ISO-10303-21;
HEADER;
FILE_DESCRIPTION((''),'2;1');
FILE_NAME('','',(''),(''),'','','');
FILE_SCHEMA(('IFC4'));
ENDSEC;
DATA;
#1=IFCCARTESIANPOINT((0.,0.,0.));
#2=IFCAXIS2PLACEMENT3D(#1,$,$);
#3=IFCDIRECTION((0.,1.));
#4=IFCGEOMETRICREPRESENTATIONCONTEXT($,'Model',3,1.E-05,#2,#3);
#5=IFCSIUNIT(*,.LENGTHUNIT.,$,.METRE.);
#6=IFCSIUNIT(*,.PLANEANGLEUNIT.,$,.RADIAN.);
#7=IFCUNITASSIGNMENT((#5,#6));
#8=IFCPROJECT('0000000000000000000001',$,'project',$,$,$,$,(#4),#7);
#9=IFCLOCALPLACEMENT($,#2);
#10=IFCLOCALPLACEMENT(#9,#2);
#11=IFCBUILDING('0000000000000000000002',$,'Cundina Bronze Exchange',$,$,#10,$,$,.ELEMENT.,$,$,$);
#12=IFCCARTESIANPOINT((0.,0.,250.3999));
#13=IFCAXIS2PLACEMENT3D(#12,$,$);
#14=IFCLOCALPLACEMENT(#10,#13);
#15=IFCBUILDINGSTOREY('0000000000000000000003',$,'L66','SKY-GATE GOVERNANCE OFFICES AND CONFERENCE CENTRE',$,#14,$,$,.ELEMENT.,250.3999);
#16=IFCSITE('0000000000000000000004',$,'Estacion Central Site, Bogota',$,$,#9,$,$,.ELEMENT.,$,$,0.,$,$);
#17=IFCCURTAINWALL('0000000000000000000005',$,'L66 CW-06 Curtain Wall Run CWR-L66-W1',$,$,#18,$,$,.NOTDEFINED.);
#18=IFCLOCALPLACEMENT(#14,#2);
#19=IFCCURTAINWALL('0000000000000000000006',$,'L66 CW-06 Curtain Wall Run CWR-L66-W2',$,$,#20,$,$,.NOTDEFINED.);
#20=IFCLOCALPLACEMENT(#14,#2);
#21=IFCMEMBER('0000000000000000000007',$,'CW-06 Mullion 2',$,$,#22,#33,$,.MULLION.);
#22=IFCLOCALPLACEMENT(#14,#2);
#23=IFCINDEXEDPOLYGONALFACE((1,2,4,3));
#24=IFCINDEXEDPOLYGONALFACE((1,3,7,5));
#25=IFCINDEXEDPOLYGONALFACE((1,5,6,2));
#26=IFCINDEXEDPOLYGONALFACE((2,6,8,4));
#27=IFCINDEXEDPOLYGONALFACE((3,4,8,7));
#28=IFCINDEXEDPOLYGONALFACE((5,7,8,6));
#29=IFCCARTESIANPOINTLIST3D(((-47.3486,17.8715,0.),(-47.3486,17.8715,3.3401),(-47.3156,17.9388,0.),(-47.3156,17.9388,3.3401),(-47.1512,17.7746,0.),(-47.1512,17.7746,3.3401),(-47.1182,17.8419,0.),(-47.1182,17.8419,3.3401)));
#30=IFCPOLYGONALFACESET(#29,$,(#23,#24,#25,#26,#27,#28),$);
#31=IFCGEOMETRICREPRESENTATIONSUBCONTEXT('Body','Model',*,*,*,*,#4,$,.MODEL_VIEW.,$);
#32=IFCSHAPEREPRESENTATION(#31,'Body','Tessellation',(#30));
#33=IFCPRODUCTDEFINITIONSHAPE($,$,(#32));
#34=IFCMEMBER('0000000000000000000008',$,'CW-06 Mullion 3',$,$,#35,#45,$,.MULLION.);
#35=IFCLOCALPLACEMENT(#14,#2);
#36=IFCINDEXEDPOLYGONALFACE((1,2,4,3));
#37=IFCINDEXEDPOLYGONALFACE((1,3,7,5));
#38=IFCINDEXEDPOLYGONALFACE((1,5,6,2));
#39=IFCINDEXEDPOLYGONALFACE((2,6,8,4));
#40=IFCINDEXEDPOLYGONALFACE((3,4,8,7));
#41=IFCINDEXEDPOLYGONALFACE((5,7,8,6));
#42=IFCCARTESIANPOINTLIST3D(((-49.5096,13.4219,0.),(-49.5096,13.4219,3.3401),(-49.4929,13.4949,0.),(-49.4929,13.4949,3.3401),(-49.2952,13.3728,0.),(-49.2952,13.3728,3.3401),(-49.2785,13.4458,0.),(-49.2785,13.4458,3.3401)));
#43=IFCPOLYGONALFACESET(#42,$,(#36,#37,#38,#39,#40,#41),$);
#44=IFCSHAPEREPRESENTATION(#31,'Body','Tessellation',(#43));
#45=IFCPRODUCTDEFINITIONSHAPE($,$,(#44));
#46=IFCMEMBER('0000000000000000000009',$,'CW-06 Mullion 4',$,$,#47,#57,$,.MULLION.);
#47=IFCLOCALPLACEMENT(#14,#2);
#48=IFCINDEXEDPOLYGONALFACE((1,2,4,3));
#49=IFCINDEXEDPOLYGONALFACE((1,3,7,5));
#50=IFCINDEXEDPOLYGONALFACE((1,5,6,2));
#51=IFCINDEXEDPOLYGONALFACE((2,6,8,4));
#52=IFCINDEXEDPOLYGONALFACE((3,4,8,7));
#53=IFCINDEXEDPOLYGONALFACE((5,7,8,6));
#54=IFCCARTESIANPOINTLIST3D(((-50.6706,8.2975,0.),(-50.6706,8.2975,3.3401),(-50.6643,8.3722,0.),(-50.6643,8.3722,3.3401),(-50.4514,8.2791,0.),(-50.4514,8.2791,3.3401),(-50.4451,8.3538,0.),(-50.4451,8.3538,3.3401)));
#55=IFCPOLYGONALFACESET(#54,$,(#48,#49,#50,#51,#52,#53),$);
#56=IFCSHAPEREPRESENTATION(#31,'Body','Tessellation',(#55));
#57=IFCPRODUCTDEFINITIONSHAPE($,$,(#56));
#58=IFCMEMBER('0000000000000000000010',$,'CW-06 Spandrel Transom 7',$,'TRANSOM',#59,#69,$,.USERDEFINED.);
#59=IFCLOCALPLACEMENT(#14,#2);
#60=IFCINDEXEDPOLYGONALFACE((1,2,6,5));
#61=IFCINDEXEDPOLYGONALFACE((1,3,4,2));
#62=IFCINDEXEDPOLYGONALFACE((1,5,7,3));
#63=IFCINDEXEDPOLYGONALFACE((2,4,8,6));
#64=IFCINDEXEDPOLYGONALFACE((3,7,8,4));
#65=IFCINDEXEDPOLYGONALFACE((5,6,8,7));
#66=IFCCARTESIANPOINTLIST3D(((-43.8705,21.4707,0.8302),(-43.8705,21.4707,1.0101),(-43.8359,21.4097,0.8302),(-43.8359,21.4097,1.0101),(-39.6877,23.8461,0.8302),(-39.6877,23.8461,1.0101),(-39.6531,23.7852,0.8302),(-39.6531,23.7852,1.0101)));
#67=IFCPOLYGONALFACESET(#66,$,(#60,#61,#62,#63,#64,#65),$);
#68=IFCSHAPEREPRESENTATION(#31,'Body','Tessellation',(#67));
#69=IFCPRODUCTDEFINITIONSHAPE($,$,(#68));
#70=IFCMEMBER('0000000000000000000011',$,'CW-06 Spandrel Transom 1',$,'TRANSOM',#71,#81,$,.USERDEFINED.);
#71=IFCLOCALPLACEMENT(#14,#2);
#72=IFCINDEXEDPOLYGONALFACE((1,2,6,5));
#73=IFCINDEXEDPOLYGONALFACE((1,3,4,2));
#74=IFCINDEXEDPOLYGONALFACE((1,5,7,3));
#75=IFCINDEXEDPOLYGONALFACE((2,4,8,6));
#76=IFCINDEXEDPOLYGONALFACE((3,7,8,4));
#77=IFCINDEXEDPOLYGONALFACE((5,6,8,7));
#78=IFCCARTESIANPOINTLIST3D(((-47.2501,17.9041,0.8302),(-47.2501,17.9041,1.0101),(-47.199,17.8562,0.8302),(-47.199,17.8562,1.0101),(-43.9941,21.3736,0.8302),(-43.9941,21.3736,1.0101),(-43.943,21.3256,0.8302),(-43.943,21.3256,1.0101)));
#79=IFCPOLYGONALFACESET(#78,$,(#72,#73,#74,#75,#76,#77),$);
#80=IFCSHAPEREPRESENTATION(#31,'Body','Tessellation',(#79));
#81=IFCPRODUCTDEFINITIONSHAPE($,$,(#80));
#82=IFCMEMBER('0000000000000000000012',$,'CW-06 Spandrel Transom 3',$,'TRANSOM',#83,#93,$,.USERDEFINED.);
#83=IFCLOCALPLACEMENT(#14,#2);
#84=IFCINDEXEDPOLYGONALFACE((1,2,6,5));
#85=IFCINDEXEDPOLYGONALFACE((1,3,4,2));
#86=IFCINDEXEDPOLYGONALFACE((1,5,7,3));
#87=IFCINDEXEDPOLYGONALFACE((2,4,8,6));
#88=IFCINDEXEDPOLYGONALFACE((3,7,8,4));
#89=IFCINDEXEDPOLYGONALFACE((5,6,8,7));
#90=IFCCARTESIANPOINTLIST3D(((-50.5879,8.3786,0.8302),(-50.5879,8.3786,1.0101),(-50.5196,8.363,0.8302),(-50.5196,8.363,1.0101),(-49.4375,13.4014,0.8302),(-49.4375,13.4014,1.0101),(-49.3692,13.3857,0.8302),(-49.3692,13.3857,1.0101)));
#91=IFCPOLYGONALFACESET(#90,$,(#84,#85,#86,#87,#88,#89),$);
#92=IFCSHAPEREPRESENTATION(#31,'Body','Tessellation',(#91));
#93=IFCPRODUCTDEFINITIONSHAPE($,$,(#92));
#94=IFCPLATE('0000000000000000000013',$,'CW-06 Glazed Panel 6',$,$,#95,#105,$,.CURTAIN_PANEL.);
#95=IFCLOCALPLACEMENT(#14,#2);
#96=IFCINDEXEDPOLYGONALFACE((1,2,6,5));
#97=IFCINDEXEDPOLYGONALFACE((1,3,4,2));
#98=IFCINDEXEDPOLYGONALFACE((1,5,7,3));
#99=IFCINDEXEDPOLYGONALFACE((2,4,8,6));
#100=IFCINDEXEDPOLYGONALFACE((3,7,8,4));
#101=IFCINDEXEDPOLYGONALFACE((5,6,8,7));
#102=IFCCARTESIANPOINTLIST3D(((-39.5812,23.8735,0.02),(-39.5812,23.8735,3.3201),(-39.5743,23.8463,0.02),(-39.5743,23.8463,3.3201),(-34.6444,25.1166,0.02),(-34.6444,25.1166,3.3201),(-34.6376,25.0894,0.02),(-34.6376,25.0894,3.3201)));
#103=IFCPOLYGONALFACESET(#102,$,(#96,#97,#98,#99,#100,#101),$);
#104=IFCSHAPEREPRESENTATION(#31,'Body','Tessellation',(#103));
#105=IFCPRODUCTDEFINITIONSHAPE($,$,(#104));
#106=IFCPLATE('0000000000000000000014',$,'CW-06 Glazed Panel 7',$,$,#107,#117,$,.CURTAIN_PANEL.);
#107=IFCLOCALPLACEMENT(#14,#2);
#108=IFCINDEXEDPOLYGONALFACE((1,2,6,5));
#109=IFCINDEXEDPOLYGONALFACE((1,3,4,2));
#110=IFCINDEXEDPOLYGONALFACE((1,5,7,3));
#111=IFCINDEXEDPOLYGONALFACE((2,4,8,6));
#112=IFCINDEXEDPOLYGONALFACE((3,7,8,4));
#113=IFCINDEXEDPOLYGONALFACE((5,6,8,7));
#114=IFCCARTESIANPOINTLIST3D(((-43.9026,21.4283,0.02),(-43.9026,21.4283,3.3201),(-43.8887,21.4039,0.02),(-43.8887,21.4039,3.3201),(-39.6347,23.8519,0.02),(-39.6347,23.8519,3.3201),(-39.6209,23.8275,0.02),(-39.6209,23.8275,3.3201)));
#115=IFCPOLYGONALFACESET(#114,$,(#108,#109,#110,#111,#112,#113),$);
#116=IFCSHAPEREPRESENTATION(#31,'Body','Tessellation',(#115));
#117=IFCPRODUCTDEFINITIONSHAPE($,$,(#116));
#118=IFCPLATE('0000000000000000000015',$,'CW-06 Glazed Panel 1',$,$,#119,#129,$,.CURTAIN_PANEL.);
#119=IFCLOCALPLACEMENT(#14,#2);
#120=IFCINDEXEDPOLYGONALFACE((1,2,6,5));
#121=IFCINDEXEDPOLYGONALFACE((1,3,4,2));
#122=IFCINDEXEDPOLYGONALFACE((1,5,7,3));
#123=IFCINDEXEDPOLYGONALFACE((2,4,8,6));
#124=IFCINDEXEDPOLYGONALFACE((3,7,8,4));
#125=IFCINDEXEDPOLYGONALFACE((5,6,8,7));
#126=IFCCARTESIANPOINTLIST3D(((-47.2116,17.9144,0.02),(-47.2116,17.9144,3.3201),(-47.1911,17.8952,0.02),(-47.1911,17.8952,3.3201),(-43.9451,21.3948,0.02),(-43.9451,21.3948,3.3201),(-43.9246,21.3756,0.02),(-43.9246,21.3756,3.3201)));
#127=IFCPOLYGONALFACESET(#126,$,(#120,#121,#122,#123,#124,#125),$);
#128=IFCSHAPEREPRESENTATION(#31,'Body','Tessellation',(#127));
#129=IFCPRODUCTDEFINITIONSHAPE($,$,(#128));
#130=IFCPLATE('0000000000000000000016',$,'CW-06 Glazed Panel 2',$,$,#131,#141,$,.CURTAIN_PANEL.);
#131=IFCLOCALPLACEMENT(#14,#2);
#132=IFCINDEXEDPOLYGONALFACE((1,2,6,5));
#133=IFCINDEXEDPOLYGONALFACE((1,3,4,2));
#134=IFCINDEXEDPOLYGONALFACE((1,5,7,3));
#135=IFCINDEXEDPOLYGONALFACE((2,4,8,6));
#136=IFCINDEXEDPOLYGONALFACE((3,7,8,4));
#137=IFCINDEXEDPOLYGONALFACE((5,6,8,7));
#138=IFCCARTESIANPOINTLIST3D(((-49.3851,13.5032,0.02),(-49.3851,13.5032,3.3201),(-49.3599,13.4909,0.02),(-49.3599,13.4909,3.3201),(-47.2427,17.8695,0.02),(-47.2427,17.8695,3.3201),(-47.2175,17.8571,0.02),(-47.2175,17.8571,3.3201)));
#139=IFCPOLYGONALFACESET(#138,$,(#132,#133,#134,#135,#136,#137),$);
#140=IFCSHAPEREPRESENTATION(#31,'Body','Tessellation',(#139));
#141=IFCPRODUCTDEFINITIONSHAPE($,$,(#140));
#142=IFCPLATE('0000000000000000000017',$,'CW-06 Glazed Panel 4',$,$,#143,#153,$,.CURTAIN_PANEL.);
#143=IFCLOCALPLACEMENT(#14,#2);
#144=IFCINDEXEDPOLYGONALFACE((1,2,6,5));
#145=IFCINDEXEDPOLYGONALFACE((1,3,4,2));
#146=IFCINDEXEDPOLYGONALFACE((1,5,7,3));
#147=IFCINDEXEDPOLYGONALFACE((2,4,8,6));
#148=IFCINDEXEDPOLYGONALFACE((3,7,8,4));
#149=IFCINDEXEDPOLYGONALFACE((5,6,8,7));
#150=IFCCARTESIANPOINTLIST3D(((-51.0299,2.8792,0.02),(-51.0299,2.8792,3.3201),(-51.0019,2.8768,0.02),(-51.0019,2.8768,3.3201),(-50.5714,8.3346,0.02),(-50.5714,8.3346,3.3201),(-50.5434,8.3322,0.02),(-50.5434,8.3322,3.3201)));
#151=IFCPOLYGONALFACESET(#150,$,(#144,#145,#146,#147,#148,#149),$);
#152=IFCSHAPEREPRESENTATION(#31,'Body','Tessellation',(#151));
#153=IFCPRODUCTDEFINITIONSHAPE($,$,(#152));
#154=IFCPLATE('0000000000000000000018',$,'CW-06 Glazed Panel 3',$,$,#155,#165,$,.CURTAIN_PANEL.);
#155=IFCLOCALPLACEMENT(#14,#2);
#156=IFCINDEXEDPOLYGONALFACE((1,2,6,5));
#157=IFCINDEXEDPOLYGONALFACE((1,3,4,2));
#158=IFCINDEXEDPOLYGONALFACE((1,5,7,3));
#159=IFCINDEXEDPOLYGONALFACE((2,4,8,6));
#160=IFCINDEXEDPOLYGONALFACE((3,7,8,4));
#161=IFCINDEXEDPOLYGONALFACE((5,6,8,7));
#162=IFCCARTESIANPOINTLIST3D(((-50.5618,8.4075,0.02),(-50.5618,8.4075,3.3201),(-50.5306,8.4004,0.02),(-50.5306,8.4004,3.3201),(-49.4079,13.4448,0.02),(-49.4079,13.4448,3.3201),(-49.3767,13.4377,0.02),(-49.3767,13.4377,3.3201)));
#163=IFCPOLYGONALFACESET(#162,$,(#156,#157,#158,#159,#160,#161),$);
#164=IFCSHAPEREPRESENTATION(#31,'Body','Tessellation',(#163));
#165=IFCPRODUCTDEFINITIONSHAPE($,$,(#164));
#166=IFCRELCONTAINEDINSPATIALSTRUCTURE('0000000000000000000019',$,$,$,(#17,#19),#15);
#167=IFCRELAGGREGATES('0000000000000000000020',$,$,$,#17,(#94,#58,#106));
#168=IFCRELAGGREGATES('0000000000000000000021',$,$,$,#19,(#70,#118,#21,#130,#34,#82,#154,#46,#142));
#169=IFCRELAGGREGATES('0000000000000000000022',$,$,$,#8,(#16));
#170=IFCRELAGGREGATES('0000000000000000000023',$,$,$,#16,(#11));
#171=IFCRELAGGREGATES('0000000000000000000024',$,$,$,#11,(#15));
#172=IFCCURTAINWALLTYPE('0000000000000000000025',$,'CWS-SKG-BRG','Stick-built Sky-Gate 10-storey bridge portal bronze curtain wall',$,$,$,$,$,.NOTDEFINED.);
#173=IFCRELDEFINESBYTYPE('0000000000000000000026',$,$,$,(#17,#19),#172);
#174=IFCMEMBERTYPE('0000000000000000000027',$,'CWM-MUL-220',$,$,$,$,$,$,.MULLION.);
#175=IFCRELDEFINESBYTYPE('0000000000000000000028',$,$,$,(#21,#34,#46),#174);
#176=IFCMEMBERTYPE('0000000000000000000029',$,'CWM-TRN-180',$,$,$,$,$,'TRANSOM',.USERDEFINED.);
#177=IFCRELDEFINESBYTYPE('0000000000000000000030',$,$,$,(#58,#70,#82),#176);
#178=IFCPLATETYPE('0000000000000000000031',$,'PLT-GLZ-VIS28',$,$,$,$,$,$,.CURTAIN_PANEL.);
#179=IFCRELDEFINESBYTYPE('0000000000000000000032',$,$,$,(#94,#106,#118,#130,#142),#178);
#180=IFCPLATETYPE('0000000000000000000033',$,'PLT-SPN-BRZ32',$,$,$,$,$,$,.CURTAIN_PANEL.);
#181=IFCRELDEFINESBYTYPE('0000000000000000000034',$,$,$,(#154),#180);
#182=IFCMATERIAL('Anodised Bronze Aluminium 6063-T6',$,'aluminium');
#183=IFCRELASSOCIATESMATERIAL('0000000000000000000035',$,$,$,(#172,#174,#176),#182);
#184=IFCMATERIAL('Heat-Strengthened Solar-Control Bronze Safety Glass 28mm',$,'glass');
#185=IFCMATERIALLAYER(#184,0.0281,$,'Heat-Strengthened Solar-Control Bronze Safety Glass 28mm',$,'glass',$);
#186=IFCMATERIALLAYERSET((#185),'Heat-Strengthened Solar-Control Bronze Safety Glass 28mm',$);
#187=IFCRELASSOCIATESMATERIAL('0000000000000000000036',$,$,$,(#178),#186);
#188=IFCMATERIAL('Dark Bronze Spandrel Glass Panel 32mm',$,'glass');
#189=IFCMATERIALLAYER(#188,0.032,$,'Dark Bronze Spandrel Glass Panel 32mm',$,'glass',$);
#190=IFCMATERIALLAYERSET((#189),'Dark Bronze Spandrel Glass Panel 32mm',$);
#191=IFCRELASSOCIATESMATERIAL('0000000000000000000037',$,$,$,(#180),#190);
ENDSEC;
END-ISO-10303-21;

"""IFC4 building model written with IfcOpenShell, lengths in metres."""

from ifc_helpers import new_model, si_unit, direction, frame, origin, origin_2d, place, context, subcontext, project, spatial, rectangle, extrude, material, layer, layer_set, material_profile, profile_set, type_object, element, aggregate, save


model = new_model("IFC4")

# Units and contexts
model_context = context("Model", 3, precision=1e-05, world=origin(), true_north=direction((0.0, 1.0)))
body_context = subcontext(model_context, "Body", "Model", "MODEL_VIEW")
ifc_project = project(units=[si_unit("LENGTHUNIT", "METRE"), si_unit("PLANEANGLEUNIT", "RADIAN")], contexts=[model_context])

# Site, building, storey
site_placement = place(None, origin())
site = spatial("IfcSite", under=ifc_project, at=site_placement, Name="Estacion Central Site, Bogota", CompositionType="ELEMENT", RefElevation=0.0)
building_placement = place(site_placement, origin())
building = spatial("IfcBuilding", under=site, at=building_placement, Name="Cundina Bronze Exchange", CompositionType="ELEMENT")
storey_placement = place(building_placement, frame((0.0, 0.0, 250.3999)))
storey = spatial("IfcBuildingStorey", under=building, at=storey_placement, Name="L66", Description="SKY-GATE GOVERNANCE OFFICES AND CONFERENCE CENTRE", CompositionType="ELEMENT", Elevation=250.3999)

# Curtain walls, members
ifc_material_1 = material(Name="Anodised Bronze Aluminium 6063-T6", Category="aluminium")
curtain_wall_type = type_object("IfcCurtainWallType", Name="CWS-SKG-BRG", Description="Stick-built Sky-Gate 10-storey bridge portal bronze curtain wall", PredefinedType="NOTDEFINED", material=ifc_material_1)
curtain_wall_1_placement = place(storey_placement, origin())
curtain_wall_1 = element("IfcCurtainWall", 1, at=curtain_wall_1_placement, inside=storey, type_object=curtain_wall_type, Name="L66 CW-06 Curtain Wall Run CWR-L66-W1", PredefinedType="NOTDEFINED")
ifc_material_profile_1 = material_profile(ifc_material_1, rectangle(XDim=0.075, YDim=0.22, at=origin_2d()), Name="AL75X220", Category="aluminium")
ifc_profile_set_1 = profile_set([ifc_material_profile_1], Name="Anodised Bronze Aluminium 6063-T6")
member_type_1 = type_object("IfcMemberType", Name="CWM-MUL-220", PredefinedType="MULLION", material=ifc_profile_set_1)
curtain_wall_2_placement = place(storey_placement, origin())
curtain_wall_2 = element("IfcCurtainWall", 2, at=curtain_wall_2_placement, inside=storey, type_object=curtain_wall_type, Name="L66 CW-06 Curtain Wall Run CWR-L66-W2", PredefinedType="NOTDEFINED")
member_1_placement = place(storey_placement, frame((-47.2334, 17.8567, 0.0), z_axis=(0.0, 0.0, 1.0), x_axis=(-0.440566, -0.89772, 0.0)))
member_1 = element("IfcMember", 3, at=member_1_placement, type_object=member_type_1, Name="CW-06 Mullion 2", PredefinedType="MULLION", context=body_context, shape_type="SweptSolid", body=[
    extrude(rectangle(XDim=0.075, YDim=0.22, at=origin_2d()), origin(), (0.0, 0.0, 1.0), 3.3401),
])
member_2_placement = place(storey_placement, frame((-49.394, 13.4338, 0.0), z_axis=(0.0, 0.0, 1.0), x_axis=(-0.22325, -0.974761, 0.0)))
member_2 = element("IfcMember", 4, at=member_2_placement, type_object=member_type_1, Name="CW-06 Mullion 3", PredefinedType="MULLION", context=body_context, shape_type="SweptSolid", body=[
    extrude(rectangle(XDim=0.075, YDim=0.22, at=origin_2d()), origin(), (0.0, 0.0, 1.0), 3.3401),
])
member_3_placement = place(storey_placement, frame((-50.5579, 8.3257, 0.0), z_axis=(0.0, 0.0, 1.0), x_axis=(-0.083678, -0.996493, 0.0)))
member_3 = element("IfcMember", 5, at=member_3_placement, type_object=member_type_1, Name="CW-06 Mullion 4", PredefinedType="MULLION", context=body_context, shape_type="SweptSolid", body=[
    extrude(rectangle(XDim=0.075, YDim=0.22, at=origin_2d()), origin(), (0.0, 0.0, 1.0), 3.3401),
])

# Members
ifc_material_profile_2 = material_profile(ifc_material_1, rectangle(XDim=0.0701, YDim=0.1799, at=origin_2d()), Name="AL70X180", Category="aluminium")
ifc_profile_set_2 = profile_set([ifc_material_profile_2], Name="Anodised Bronze Aluminium 6063-T6")
member_type_2 = type_object("IfcMemberType", Name="CWM-TRN-180", ElementType="TRANSOM", PredefinedType="USERDEFINED", material=ifc_profile_set_2)
member_4_placement = place(storey_placement, frame((-39.6704, 23.8157, 0.9202), z_axis=(-0.869558, -0.493831, 0.0), x_axis=(0.493831, -0.869558, 0.0)))
member_4 = element("IfcMember", 6, at=member_4_placement, type_object=member_type_2, Name="CW-06 Spandrel Transom 7", ObjectType="TRANSOM", PredefinedType="USERDEFINED", context=body_context, shape_type="SweptSolid", body=[
    extrude(rectangle(XDim=0.0701, YDim=0.1799, at=origin_2d()), origin(), (0.0, 0.0, 1.0), 4.8103),
])
member_5_placement = place(storey_placement, frame((-43.9685, 21.3496, 0.9202), z_axis=(-0.684328, -0.729174, 0.0), x_axis=(0.729174, -0.684328, 0.0)))
member_5 = element("IfcMember", 7, at=member_5_placement, type_object=member_type_2, Name="CW-06 Spandrel Transom 1", ObjectType="TRANSOM", PredefinedType="USERDEFINED", context=body_context, shape_type="SweptSolid", body=[
    extrude(rectangle(XDim=0.0701, YDim=0.1799, at=origin_2d()), origin(), (0.0, 0.0, 1.0), 4.7581),
])
member_6_placement = place(storey_placement, frame((-49.4033, 13.3936, 0.9202), z_axis=(-0.223257, -0.97476, 0.0), x_axis=(0.97476, -0.223257, 0.0)))
member_6 = element("IfcMember", 8, at=member_6_placement, type_object=member_type_2, Name="CW-06 Spandrel Transom 3", ObjectType="TRANSOM", PredefinedType="USERDEFINED", context=body_context, shape_type="SweptSolid", body=[
    extrude(rectangle(XDim=0.0701, YDim=0.1799, at=origin_2d()), origin(), (0.0, 0.0, 1.0), 5.1528),
])

# Plates
ifc_material_2 = material(Name="Heat-Strengthened Solar-Control Bronze Safety Glass 28mm", Category="glass")
ifc_layer_1 = layer(ifc_material_2, 0.0281, Name="Heat-Strengthened Solar-Control Bronze Safety Glass 28mm", Category="glass")
ifc_layer_set_1 = layer_set([ifc_layer_1], Name="Heat-Strengthened Solar-Control Bronze Safety Glass 28mm")
plate_type_1 = type_object("IfcPlateType", Name="PLT-GLZ-VIS28", PredefinedType="CURTAIN_PANEL", material=ifc_layer_set_1)
plate_1_placement = place(storey_placement, frame((-37.1094, 24.4814, 0.02), z_axis=(0.0, 0.0, 1.0), x_axis=(-0.969732, -0.244174, 0.0)))
plate_1 = element("IfcPlate", 9, at=plate_1_placement, type_object=plate_type_1, Name="CW-06 Glazed Panel 6", PredefinedType="CURTAIN_PANEL", context=body_context, shape_type="SweptSolid", body=[
    extrude(rectangle(XDim=5.0908, YDim=0.0281, at=origin_2d()), origin(), (0.0, 0.0, 1.0), 3.3),
])
plate_2_placement = place(storey_placement, frame((-41.7617, 22.6279, 0.02), z_axis=(0.0, 0.0, 1.0), x_axis=(-0.869573, -0.493805, 0.0)))
plate_2 = element("IfcPlate", 10, at=plate_2_placement, type_object=plate_type_1, Name="CW-06 Glazed Panel 7", PredefinedType="CURTAIN_PANEL", context=body_context, shape_type="SweptSolid", body=[
    extrude(rectangle(XDim=4.908, YDim=0.0281, at=origin_2d()), origin(), (0.0, 0.0, 1.0), 3.3),
])
aggregate(curtain_wall_1, [plate_1, member_4, plate_2])
plate_3_placement = place(storey_placement, frame((-45.5681, 19.645, 0.02), z_axis=(0.0, 0.0, 1.0), x_axis=(-0.684344, -0.72916, 0.0)))
plate_3 = element("IfcPlate", 11, at=plate_3_placement, type_object=plate_type_1, Name="CW-06 Glazed Panel 1", PredefinedType="CURTAIN_PANEL", context=body_context, shape_type="SweptSolid", body=[
    extrude(rectangle(XDim=4.7732, YDim=0.0281, at=origin_2d()), origin(), (0.0, 0.0, 1.0), 3.3),
])
plate_4_placement = place(storey_placement, frame((-48.3013, 15.6802, 0.02), z_axis=(0.0, 0.0, 1.0), x_axis=(-0.440503, -0.897751, 0.0)))
plate_4 = element("IfcPlate", 12, at=plate_4_placement, type_object=plate_type_1, Name="CW-06 Glazed Panel 2", PredefinedType="CURTAIN_PANEL", context=body_context, shape_type="SweptSolid", body=[
    extrude(rectangle(XDim=4.8635, YDim=0.0281, at=origin_2d()), origin(), (0.0, 0.0, 1.0), 3.3),
])
plate_5_placement = place(storey_placement, frame((-50.7866, 5.6057, 0.02), z_axis=(0.0, 0.0, 1.0), x_axis=(-0.083747, -0.996487, 0.0)))
plate_5 = element("IfcPlate", 13, at=plate_5_placement, type_object=plate_type_1, Name="CW-06 Glazed Panel 4", PredefinedType="CURTAIN_PANEL", context=body_context, shape_type="SweptSolid", body=[
    extrude(rectangle(XDim=5.4746, YDim=0.0281, at=origin_2d()), origin(), (0.0, 0.0, 1.0), 3.3),
])
ifc_material_3 = material(Name="Dark Bronze Spandrel Glass Panel 32mm", Category="glass")
ifc_layer_2 = layer(ifc_material_3, 0.032, Name="Dark Bronze Spandrel Glass Panel 32mm", Category="glass")
ifc_layer_set_2 = layer_set([ifc_layer_2], Name="Dark Bronze Spandrel Glass Panel 32mm")
plate_type_2 = type_object("IfcPlateType", Name="PLT-SPN-BRZ32", PredefinedType="CURTAIN_PANEL", material=ifc_layer_set_2)
plate_6_placement = place(storey_placement, frame((-49.9692, 10.9226, 0.02), z_axis=(0.0, 0.0, 1.0), x_axis=(-0.223284, -0.974753, 0.0)))
plate_6 = element("IfcPlate", 14, at=plate_6_placement, type_object=plate_type_2, Name="CW-06 Glazed Panel 3", PredefinedType="CURTAIN_PANEL", context=body_context, shape_type="SweptSolid", body=[
    extrude(rectangle(XDim=5.1677, YDim=0.032, at=origin_2d()), origin(), (0.0, 0.0, 1.0), 3.3),
])
aggregate(curtain_wall_2, [member_5, plate_3, member_1, plate_4, member_2, member_6, plate_6, member_3, plate_5])

save(model, "model.ifc")
